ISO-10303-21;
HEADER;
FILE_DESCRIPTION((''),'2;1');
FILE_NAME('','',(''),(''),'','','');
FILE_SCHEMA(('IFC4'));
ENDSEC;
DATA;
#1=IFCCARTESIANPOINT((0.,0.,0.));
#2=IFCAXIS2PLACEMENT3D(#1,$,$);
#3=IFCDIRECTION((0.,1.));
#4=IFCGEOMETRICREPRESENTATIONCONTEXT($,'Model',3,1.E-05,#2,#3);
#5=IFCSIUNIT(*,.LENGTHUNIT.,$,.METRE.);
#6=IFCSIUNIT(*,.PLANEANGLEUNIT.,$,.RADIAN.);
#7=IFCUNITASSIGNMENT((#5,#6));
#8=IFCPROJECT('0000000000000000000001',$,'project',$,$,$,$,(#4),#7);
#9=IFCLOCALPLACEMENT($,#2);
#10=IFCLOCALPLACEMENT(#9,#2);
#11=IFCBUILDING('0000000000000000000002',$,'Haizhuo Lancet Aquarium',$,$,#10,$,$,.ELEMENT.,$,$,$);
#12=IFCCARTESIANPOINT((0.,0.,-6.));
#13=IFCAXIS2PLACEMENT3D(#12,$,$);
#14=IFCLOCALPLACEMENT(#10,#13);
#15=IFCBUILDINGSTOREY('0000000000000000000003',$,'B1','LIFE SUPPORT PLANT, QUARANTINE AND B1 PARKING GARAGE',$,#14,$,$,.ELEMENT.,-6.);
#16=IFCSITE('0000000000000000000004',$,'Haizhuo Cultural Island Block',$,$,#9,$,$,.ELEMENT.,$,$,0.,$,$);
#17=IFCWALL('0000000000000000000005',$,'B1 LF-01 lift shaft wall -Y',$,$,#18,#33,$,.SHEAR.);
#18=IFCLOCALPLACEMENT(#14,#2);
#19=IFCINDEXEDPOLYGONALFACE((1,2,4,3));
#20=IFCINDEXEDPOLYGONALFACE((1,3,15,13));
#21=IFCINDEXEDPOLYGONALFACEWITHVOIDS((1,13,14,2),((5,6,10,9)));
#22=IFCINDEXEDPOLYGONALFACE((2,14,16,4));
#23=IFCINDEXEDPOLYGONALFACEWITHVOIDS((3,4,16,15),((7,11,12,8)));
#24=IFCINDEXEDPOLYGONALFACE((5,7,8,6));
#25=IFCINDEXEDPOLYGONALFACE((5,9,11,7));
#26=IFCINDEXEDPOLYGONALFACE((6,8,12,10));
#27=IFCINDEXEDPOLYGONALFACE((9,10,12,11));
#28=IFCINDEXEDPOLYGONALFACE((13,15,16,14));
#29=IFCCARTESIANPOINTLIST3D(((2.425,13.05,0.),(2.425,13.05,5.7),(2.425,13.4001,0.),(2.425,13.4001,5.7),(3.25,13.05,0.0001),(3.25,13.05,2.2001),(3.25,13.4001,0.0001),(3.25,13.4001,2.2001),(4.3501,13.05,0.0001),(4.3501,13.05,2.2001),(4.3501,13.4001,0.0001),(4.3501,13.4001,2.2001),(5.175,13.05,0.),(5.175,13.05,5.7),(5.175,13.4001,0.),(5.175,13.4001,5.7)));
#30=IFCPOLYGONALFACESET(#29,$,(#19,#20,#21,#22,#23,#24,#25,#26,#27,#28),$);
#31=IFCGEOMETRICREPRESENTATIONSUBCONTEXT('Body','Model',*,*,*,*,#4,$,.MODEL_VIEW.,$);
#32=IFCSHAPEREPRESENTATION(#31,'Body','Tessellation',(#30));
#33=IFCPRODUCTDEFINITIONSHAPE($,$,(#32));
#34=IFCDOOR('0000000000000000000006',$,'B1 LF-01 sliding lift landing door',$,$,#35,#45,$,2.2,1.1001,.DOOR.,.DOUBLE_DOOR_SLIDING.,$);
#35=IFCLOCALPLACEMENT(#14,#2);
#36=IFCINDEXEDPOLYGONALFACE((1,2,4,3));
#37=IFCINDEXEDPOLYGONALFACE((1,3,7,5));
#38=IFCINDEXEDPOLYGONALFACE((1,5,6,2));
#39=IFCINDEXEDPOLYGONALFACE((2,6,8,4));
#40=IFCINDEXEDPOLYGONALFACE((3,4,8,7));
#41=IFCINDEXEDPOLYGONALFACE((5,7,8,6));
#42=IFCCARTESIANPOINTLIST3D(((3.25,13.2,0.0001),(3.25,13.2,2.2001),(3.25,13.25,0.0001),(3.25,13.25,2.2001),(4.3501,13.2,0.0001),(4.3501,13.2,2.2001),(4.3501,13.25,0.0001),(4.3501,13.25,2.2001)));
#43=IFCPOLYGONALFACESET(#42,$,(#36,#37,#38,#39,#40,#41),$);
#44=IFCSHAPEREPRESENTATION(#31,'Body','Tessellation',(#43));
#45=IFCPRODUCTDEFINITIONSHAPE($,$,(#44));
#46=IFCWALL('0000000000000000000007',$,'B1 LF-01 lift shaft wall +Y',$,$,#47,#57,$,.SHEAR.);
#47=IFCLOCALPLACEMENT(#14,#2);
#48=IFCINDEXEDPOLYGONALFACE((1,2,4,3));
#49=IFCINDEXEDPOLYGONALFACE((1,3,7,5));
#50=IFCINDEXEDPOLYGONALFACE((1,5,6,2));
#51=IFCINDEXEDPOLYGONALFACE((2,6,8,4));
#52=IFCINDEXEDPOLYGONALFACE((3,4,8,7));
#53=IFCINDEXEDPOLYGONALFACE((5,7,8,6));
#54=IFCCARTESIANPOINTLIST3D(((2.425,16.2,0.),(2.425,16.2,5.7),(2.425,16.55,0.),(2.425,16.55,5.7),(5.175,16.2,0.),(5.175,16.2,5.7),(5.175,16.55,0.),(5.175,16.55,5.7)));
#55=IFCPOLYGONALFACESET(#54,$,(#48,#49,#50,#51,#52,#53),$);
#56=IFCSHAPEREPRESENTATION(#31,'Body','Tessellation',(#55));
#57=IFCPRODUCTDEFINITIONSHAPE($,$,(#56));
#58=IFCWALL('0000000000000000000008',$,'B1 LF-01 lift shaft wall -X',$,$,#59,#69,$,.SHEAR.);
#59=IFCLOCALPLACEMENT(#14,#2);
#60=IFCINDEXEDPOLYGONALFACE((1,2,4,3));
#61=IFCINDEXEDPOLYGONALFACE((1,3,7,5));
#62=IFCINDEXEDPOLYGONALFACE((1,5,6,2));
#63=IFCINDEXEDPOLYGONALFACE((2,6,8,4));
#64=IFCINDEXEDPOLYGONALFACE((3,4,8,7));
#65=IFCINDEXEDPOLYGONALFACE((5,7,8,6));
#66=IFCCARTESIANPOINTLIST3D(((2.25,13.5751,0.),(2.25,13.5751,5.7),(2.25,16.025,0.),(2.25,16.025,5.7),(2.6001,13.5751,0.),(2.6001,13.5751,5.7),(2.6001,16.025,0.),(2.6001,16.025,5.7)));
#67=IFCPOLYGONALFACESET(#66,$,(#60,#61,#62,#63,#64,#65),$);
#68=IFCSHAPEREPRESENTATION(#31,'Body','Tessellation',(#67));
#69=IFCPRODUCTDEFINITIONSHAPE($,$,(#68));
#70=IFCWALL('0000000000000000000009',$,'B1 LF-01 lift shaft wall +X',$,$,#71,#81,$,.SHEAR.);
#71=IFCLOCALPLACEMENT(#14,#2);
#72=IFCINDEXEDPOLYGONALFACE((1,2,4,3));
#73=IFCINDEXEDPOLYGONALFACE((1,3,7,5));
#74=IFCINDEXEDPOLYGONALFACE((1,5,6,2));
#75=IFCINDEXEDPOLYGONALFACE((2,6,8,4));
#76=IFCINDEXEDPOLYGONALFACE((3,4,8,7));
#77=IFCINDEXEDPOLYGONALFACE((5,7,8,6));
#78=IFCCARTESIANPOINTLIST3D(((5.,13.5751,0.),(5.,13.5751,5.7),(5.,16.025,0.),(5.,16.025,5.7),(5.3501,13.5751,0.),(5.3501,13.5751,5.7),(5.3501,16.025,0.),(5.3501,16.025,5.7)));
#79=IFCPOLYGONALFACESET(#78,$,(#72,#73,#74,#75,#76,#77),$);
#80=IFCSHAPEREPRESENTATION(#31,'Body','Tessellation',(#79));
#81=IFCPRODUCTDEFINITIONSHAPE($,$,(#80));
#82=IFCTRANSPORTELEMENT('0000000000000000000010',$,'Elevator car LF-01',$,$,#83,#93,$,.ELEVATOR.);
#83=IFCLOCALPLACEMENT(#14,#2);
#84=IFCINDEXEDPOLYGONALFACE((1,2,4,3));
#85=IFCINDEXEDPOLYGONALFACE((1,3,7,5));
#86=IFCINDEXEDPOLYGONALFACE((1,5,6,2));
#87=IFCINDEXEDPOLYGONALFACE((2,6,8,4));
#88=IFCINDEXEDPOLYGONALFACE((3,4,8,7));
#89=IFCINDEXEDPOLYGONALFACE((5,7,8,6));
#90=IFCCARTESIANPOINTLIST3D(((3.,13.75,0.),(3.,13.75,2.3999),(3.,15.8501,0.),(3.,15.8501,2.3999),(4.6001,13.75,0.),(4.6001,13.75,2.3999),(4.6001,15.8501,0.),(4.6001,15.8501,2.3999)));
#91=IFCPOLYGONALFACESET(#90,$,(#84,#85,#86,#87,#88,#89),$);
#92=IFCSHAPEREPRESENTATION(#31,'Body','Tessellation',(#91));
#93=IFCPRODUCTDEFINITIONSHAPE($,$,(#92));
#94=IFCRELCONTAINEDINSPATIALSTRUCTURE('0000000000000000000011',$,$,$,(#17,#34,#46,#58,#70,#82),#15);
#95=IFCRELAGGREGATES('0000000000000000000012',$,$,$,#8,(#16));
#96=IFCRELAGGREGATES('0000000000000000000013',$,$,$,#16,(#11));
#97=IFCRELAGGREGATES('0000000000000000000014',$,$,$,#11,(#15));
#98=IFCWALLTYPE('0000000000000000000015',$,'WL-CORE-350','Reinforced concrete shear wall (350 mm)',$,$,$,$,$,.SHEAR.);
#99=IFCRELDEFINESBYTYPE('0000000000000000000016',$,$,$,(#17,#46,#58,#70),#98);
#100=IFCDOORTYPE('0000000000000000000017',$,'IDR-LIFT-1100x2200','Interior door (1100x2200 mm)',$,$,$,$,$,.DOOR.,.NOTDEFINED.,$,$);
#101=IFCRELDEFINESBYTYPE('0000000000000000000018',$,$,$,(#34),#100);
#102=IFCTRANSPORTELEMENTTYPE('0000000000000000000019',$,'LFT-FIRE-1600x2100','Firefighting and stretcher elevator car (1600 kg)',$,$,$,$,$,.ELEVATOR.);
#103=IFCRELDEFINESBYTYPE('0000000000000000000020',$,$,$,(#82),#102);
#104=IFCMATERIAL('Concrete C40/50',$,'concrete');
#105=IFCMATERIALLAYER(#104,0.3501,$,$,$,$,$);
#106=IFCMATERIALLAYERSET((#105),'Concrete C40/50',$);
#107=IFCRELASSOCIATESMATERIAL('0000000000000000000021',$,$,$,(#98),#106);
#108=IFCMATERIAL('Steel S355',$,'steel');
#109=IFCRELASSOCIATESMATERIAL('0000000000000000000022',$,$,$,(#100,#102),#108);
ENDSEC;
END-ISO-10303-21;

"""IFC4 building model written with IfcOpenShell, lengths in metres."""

from ifc_helpers import new_model, si_unit, direction, frame, frame_2d, origin, origin_2d, place, context, subcontext, project, spatial, rectangle, extrude, material, layer, layer_set, type_object, element, fill, save


model = new_model("IFC4")

# Units and contexts
model_context = context("Model", 3, precision=1e-05, world=origin(), true_north=direction((0.0, 1.0)))
body_context = subcontext(model_context, "Body", "Model", "MODEL_VIEW")
ifc_project = project(units=[si_unit("LENGTHUNIT", "METRE"), si_unit("PLANEANGLEUNIT", "RADIAN")], contexts=[model_context])

# Site, building, storey
site_placement = place(None, origin())
site = spatial("IfcSite", under=ifc_project, at=site_placement, Name="Haizhuo Cultural Island Block", CompositionType="ELEMENT", RefElevation=0.0)
building_placement = place(site_placement, origin())
building = spatial("IfcBuilding", under=site, at=building_placement, Name="Haizhuo Lancet Aquarium", CompositionType="ELEMENT")
storey_placement = place(building_placement, frame((0.0, 0.0, -6.0)))
storey = spatial("IfcBuildingStorey", under=building, at=storey_placement, Name="B1", Description="LIFE SUPPORT PLANT, QUARANTINE AND B1 PARKING GARAGE", CompositionType="ELEMENT", Elevation=-6.0)

# Shared definitions
ifc_material_1 = material(Name="Concrete C40/50", Category="concrete")

# Wall, opening, door
ifc_layer_1 = layer(ifc_material_1, 0.3501)
ifc_layer_set_1 = layer_set([ifc_layer_1], Name="Concrete C40/50")
wall_type_1 = type_object("IfcWallType", Name="WL-CORE-350", Description="Reinforced concrete shear wall (350 mm)", PredefinedType="SHEAR", material=ifc_layer_set_1)
wall_1_placement = place(storey_placement, frame((2.425, 13.2251, 0.0), z_axis=(0.0, 0.0, 1.0), x_axis=(1.0, 0.0, 0.0)))
wall_1 = element("IfcWall", 1, at=wall_1_placement, inside=storey, type_object=wall_type_1, Name="B1 LF-01 lift shaft wall -Y", PredefinedType="SHEAR", context=body_context, shape_type="SweptSolid", body=[
    extrude(rectangle(XDim=2.75, YDim=0.3501, at=frame_2d((1.375, 0.0))), origin(), (0.0, 0.0, 1.0), 5.7),
])
opening_placement = place(wall_1_placement, frame((0.825, 0.0, 0.0)))
opening = element("IfcOpeningElement", 2, at=opening_placement, cuts=wall_1, PredefinedType="OPENING", context=body_context, shape_type="SweptSolid", body=[
    extrude(rectangle(XDim=1.1001, YDim=2.2, at=frame_2d((0.55, 1.1001))), frame((0.0, 0.1851, 0.0), z_axis=(0.0, -1.0, 0.0), x_axis=(1.0, 0.0, 0.0)), (0.0, 0.0, 1.0), 0.3701),
])
ifc_material_2 = material(Name="Steel S355", Category="steel")
door_type = type_object("IfcDoorType", Name="IDR-LIFT-1100x2200", Description="Interior door (1100x2200 mm)", OperationType="NOTDEFINED", PredefinedType="DOOR", material=ifc_material_2)
door_placement = place(opening_placement, origin())
door = element("IfcDoor", 3, at=door_placement, inside=storey, type_object=door_type, Name="B1 LF-01 sliding lift landing door", OperationType="DOUBLE_DOOR_SLIDING", OverallHeight=2.2, OverallWidth=1.1001, PredefinedType="DOOR", context=body_context, shape_type="SweptSolid", body=[
    extrude(rectangle(XDim=1.1001, YDim=2.2, at=frame_2d((0.55, 1.1001))), frame((0.0, 0.0249, 0.0), z_axis=(0.0, -1.0, 0.0), x_axis=(1.0, 0.0, 0.0)), (0.0, 0.0, 1.0), 0.05),
])
fill(opening, door)

# Walls
wall_2_placement = place(storey_placement, frame((5.175, 16.375, 0.0), z_axis=(0.0, 0.0, 1.0), x_axis=(-1.0, 0.0, 0.0)))
element("IfcWall", 4, at=wall_2_placement, inside=storey, type_object=wall_type_1, Name="B1 LF-01 lift shaft wall +Y", PredefinedType="SHEAR", context=body_context, shape_type="SweptSolid", body=[
    extrude(rectangle(XDim=2.75, YDim=0.3501, at=frame_2d((1.375, 0.0))), origin(), (0.0, 0.0, 1.0), 5.7),
])
for number, where, z_axis, x_axis, name in (
    (5, (2.425, 13.575, 0.0), (0.0, 0.0, 1.0), (0.0, 1.0, 0.0), "B1 LF-01 lift shaft wall -X"),
    (6, (5.175, 13.575, 0.0), (0.0, 0.0, 1.0), (0.0, 1.0, 0.0), "B1 LF-01 lift shaft wall +X"),
):
    element("IfcWall", number, at=place(storey_placement, frame(where, z_axis=z_axis, x_axis=x_axis)), inside=storey, type_object=wall_type_1, Name=name, PredefinedType="SHEAR", context=body_context, shape_type="SweptSolid", body=[
        extrude(rectangle(XDim=2.45, YDim=0.3501, at=frame_2d((1.2251, 0.0))), origin(), (0.0, 0.0, 1.0), 5.7),
    ])

# Transport element
transport_element_type = type_object("IfcTransportElementType", Name="LFT-FIRE-1600x2100", Description="Firefighting and stretcher elevator car (1600 kg)", PredefinedType="ELEVATOR", material=ifc_material_2)
transport_element_placement = place(storey_placement, frame((3.8, 14.8, 0.0), z_axis=(0.0, 0.0, 1.0), x_axis=(1.0, 0.0, 0.0)))
element("IfcTransportElement", 7, at=transport_element_placement, inside=storey, type_object=transport_element_type, Name="Elevator car LF-01", PredefinedType="ELEVATOR", context=body_context, shape_type="SweptSolid", body=[
    extrude(rectangle(XDim=1.6001, YDim=2.1001, at=origin_2d()), origin(), (0.0, 0.0, 1.0), 2.3999),
])

save(model, "model.ifc")
